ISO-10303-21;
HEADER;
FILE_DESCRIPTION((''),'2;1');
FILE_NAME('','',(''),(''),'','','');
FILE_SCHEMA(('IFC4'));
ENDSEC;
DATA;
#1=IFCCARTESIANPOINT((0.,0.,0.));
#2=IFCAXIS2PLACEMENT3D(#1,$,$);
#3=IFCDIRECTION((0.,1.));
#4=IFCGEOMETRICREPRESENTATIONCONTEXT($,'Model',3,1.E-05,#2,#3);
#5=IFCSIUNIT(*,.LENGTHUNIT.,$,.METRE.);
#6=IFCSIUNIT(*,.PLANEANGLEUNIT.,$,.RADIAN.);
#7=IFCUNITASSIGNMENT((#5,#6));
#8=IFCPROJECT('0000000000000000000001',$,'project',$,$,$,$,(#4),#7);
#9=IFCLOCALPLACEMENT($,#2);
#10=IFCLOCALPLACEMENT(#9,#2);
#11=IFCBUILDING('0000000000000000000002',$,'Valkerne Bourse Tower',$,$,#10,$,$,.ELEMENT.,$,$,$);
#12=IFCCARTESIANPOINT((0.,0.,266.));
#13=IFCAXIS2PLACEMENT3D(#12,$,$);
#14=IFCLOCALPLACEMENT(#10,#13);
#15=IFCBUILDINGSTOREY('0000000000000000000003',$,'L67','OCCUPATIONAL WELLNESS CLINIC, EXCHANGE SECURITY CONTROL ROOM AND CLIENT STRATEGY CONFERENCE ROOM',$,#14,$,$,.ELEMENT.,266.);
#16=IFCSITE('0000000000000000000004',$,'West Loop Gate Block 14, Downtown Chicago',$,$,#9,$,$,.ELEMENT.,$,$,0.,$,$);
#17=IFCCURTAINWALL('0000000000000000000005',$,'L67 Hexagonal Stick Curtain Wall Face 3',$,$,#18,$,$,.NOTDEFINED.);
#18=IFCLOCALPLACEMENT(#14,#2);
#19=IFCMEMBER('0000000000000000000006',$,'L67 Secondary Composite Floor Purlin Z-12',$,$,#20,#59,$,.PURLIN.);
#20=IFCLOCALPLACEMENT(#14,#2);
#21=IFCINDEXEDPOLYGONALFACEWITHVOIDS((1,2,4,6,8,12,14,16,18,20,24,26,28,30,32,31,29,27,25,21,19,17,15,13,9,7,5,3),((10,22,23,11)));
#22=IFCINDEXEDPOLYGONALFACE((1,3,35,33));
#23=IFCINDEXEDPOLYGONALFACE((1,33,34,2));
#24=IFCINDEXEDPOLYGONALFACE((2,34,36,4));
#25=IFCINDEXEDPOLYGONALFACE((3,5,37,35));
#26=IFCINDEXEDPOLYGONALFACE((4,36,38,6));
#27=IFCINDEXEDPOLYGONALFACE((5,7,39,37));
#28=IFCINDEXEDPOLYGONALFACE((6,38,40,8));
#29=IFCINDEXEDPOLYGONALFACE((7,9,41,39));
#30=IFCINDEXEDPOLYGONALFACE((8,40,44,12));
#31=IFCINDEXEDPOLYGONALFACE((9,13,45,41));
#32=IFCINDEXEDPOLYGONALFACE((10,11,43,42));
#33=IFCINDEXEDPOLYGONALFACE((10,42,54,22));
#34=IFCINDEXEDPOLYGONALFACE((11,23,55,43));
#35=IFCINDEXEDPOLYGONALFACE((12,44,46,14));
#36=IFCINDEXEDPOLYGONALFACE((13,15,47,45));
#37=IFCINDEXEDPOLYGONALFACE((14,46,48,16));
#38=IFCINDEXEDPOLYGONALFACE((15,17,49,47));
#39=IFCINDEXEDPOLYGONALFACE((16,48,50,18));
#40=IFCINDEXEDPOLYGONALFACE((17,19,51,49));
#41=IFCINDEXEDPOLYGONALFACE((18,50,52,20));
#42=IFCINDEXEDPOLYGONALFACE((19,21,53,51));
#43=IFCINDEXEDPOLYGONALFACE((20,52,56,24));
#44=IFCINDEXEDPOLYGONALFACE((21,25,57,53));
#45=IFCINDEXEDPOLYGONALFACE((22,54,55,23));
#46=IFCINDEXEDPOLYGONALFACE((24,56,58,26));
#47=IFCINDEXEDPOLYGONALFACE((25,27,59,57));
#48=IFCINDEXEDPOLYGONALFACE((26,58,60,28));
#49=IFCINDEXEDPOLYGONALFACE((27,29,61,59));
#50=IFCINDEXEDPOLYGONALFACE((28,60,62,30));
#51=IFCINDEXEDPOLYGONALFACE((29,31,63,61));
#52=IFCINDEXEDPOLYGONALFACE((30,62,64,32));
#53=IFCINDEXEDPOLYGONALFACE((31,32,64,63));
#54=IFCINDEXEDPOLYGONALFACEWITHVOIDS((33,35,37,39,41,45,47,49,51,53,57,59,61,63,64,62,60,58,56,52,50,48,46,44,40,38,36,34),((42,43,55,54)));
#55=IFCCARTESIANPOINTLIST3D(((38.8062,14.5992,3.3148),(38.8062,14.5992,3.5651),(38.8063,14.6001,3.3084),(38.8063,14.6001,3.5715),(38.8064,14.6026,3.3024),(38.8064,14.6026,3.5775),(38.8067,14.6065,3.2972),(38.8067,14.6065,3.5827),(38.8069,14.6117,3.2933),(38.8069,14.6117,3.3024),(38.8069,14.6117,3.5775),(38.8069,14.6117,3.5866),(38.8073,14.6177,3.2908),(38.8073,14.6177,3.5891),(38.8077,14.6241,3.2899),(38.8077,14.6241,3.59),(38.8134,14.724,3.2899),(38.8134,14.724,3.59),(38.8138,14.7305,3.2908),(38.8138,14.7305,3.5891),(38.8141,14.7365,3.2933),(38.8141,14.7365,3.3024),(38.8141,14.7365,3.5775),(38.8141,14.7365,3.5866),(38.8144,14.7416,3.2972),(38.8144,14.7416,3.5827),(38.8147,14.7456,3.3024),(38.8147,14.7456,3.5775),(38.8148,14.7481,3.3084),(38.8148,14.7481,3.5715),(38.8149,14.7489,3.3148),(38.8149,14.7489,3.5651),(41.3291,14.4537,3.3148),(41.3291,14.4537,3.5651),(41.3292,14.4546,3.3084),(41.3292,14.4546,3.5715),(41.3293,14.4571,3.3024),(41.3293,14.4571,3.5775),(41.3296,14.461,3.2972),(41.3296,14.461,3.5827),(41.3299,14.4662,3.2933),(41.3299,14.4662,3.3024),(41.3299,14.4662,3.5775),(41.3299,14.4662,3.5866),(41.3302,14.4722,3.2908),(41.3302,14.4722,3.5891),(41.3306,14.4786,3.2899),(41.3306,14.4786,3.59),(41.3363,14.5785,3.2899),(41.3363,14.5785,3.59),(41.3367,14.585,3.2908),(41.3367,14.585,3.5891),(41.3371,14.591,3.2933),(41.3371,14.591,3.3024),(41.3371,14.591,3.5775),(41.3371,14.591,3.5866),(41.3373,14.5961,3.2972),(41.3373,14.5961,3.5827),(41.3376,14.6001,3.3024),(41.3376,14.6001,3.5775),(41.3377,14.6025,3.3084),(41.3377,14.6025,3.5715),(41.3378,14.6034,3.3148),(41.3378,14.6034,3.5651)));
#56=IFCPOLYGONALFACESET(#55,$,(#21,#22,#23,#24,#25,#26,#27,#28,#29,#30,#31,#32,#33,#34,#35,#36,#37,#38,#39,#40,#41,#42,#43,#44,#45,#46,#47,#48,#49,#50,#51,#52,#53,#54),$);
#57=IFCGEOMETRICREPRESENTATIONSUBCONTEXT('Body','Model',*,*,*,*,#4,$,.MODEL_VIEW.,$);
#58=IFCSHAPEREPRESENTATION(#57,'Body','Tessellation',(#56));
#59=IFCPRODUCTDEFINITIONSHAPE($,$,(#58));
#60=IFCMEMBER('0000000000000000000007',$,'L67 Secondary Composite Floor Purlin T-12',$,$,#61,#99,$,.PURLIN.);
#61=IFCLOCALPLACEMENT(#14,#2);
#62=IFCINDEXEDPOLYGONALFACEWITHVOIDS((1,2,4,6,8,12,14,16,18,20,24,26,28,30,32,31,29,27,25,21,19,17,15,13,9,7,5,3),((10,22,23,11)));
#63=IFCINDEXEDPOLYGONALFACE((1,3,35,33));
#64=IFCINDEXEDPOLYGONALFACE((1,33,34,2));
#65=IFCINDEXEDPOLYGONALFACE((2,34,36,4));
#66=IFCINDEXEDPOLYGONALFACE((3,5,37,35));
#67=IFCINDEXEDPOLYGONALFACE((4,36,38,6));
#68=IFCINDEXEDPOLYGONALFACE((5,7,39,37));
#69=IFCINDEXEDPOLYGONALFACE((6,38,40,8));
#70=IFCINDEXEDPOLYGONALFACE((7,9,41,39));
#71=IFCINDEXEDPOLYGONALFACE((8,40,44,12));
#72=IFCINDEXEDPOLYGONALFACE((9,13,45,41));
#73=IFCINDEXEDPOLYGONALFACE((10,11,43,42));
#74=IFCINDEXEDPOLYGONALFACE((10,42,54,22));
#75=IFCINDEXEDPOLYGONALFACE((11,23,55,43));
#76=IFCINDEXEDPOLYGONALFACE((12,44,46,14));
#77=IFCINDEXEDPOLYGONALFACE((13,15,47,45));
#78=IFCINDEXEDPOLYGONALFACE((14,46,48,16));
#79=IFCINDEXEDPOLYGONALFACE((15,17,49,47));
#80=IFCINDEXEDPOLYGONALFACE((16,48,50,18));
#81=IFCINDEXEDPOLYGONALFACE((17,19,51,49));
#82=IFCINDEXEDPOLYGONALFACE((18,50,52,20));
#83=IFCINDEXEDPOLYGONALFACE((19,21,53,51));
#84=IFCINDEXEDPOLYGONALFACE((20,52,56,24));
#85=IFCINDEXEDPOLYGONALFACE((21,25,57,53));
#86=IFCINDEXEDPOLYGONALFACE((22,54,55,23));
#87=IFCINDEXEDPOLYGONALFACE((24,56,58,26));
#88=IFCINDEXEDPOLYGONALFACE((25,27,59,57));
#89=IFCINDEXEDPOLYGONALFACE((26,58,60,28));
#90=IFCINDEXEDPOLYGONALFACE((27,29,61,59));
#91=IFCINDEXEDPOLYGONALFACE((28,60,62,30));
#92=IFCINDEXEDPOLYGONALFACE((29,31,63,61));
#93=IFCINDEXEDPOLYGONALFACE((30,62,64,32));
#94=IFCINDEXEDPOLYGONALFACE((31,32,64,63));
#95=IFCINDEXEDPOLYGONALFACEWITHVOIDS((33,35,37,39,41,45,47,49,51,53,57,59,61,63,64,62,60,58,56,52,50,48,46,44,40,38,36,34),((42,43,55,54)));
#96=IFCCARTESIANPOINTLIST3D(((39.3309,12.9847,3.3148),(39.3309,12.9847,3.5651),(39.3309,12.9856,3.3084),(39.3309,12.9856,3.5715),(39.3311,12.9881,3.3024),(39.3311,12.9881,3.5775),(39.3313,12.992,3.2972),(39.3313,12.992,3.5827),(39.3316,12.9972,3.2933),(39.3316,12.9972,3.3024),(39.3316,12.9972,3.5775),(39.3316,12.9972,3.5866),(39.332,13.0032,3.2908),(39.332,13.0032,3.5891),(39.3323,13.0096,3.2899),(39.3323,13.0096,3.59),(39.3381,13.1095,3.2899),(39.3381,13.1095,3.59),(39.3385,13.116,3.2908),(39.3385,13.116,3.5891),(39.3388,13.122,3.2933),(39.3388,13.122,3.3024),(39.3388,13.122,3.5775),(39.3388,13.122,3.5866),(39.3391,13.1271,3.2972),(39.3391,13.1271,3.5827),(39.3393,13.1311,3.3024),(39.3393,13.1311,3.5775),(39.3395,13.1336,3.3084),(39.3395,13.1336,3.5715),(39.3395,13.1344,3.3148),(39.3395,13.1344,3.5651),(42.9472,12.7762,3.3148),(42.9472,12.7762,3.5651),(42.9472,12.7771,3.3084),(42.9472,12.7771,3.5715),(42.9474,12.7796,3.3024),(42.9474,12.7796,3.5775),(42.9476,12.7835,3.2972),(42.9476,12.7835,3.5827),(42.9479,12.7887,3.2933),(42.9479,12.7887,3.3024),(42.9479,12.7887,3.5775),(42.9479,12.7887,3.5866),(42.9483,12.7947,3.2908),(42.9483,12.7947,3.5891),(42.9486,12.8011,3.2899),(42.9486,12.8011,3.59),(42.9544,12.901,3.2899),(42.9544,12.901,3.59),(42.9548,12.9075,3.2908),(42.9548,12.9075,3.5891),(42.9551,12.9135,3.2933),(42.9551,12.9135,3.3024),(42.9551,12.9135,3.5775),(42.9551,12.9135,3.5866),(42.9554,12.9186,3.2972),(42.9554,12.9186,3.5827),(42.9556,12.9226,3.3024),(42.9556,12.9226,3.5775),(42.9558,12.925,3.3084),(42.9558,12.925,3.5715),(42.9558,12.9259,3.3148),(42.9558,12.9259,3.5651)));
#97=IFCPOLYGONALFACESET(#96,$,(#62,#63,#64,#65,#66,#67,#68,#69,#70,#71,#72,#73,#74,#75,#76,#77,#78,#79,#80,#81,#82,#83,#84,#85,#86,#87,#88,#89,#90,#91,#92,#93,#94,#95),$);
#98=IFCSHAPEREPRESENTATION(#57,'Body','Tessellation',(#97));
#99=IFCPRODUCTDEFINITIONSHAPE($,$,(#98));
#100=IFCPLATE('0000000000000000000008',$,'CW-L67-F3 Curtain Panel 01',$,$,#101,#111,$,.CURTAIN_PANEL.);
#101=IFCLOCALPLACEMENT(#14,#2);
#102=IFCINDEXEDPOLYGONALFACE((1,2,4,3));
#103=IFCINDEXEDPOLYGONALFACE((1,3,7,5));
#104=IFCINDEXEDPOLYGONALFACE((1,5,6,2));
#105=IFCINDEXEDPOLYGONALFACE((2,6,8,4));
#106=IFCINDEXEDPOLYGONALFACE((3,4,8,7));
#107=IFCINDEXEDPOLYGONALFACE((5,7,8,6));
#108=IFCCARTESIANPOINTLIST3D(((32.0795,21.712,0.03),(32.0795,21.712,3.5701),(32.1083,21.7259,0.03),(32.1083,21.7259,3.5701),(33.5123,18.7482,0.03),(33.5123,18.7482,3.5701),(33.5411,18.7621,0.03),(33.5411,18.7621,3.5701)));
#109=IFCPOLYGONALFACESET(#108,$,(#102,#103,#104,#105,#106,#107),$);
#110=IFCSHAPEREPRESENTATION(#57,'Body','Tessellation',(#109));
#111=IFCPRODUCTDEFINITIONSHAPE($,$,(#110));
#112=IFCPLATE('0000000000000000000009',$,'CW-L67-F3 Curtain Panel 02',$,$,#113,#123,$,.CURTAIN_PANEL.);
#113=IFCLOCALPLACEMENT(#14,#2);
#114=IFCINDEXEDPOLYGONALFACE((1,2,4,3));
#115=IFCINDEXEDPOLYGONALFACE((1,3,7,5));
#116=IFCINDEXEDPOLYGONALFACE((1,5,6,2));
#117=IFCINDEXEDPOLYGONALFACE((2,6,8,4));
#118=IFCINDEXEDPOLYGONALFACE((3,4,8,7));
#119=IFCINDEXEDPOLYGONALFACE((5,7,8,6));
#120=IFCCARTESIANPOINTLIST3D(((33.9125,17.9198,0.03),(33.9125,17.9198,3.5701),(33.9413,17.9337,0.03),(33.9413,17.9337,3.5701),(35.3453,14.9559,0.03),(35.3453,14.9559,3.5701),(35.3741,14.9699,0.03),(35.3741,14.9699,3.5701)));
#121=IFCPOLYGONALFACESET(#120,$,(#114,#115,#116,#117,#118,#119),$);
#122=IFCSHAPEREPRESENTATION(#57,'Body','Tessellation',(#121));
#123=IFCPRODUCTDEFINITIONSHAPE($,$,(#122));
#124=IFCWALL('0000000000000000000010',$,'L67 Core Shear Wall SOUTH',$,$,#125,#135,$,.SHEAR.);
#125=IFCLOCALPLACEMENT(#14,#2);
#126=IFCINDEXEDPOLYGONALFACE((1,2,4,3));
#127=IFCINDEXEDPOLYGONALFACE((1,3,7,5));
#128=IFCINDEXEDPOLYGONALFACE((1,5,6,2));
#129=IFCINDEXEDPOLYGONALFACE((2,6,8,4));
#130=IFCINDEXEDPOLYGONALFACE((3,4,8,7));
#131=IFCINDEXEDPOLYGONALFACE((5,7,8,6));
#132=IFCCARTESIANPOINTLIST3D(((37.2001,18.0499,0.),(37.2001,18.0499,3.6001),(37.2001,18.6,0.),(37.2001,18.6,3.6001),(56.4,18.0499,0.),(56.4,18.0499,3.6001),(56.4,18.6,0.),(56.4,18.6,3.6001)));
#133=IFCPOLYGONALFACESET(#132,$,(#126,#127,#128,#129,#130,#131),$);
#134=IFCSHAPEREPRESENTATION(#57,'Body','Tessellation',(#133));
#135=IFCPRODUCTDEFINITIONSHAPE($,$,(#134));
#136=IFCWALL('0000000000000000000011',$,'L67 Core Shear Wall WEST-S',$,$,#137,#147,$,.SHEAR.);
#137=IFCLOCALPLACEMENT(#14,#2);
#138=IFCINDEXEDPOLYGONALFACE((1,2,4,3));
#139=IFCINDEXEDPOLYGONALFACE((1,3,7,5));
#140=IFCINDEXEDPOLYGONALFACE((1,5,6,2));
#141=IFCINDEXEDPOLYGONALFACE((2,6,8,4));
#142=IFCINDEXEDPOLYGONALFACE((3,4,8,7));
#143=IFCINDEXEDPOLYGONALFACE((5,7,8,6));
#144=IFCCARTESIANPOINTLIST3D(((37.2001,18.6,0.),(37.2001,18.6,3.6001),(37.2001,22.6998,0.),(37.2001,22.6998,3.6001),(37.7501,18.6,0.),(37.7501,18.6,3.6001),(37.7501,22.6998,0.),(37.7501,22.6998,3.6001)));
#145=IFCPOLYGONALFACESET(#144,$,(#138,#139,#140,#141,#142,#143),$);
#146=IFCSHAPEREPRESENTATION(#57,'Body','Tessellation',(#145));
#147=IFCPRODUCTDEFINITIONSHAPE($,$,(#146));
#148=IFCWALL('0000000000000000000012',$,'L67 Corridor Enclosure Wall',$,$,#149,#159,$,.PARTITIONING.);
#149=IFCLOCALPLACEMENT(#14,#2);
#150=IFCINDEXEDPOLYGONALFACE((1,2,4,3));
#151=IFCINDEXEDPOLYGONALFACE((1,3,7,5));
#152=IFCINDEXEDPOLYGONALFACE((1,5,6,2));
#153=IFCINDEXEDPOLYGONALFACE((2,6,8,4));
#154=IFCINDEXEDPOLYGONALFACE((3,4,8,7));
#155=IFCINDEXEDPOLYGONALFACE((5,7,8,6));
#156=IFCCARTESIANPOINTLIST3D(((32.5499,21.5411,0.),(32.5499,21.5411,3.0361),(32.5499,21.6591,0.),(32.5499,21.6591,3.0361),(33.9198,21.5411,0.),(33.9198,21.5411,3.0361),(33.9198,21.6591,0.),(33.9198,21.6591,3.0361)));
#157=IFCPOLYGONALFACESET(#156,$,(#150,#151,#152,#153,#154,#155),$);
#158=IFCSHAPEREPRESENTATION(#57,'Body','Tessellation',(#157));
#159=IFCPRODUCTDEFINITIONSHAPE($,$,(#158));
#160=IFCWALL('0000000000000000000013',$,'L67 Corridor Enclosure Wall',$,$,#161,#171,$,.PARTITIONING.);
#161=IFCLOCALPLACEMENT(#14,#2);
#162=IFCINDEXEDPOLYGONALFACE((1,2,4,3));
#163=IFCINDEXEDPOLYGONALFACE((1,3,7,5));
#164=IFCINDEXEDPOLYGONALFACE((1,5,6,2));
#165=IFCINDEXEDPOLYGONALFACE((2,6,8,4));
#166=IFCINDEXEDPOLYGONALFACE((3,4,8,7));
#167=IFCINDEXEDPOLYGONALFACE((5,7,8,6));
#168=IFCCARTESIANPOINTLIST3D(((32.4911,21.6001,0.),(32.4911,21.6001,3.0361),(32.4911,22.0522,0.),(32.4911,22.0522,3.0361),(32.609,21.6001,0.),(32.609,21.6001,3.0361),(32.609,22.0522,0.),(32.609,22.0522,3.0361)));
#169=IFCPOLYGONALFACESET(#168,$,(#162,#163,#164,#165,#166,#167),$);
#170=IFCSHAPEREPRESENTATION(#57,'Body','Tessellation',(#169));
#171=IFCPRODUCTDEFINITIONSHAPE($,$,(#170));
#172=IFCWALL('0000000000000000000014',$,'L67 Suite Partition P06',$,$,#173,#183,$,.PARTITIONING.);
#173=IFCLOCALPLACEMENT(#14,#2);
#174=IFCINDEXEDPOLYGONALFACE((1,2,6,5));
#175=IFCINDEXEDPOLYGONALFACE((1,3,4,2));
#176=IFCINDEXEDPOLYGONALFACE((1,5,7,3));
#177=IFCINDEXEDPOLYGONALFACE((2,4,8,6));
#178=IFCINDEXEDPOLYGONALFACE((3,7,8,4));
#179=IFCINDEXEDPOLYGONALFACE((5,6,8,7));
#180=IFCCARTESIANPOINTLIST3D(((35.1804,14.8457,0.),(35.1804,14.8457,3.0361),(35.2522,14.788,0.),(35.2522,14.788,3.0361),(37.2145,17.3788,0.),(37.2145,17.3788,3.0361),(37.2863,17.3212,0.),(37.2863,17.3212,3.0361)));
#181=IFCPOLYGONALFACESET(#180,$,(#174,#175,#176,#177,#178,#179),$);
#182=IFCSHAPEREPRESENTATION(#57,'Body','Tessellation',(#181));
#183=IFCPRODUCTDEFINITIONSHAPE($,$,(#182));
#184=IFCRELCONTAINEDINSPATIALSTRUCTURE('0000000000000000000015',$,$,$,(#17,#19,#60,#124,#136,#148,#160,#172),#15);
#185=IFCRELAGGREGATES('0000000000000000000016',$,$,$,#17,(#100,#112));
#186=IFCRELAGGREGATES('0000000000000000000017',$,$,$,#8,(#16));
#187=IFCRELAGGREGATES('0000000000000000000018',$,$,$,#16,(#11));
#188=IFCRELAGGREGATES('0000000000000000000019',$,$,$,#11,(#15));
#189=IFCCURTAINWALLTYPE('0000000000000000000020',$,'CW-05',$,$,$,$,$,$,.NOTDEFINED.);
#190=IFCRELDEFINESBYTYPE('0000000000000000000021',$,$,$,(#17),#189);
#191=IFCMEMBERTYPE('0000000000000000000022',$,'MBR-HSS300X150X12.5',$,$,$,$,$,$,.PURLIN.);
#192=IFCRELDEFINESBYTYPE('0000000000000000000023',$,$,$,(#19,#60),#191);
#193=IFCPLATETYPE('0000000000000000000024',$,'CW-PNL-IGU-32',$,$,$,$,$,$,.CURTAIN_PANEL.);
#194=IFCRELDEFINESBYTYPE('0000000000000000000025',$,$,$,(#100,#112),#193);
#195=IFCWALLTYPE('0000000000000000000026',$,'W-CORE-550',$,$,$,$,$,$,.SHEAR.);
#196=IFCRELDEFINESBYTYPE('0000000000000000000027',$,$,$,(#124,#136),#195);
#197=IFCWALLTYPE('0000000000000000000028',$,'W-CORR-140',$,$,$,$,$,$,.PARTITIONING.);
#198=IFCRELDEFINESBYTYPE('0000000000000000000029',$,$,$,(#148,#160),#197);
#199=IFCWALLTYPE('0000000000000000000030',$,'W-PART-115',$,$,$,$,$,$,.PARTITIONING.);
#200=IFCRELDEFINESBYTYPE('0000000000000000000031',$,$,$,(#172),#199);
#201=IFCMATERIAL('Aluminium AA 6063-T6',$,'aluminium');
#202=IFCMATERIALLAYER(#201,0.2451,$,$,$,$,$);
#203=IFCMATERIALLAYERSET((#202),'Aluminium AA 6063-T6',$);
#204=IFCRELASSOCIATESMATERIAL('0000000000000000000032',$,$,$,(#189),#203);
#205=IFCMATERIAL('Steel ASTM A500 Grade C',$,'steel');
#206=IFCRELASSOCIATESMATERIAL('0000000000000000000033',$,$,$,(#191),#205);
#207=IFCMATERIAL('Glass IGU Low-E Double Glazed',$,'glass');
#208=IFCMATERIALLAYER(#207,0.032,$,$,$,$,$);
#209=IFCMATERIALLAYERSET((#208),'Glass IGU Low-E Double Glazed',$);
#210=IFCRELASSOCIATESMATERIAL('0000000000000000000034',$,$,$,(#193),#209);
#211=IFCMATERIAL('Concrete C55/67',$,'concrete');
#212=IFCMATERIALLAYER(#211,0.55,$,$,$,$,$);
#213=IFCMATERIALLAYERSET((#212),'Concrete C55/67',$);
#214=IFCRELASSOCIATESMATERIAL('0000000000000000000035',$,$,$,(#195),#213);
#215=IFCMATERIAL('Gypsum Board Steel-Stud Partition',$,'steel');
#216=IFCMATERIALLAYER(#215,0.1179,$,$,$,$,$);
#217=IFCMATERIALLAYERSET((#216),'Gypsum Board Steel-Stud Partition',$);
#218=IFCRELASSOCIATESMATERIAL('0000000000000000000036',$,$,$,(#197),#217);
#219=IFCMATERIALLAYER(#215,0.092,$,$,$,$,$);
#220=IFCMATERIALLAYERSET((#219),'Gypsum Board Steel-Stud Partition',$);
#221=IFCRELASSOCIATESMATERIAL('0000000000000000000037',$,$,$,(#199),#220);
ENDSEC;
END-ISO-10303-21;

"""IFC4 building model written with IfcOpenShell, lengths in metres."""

from ifc_helpers import new_model, si_unit, direction, frame, frame_2d, origin, origin_2d, place, context, subcontext, project, spatial, rectangle, hollow_rectangle, extrude, material, layer, layer_set, material_profile, profile_set, type_object, element, aggregate, save


model = new_model("IFC4")

# Units and contexts
model_context = context("Model", 3, precision=1e-05, world=origin(), true_north=direction((0.0, 1.0)))
body_context = subcontext(model_context, "Body", "Model", "MODEL_VIEW")
ifc_project = project(units=[si_unit("LENGTHUNIT", "METRE"), si_unit("PLANEANGLEUNIT", "RADIAN")], contexts=[model_context])

# Site, building, storey
site_placement = place(None, origin())
site = spatial("IfcSite", under=ifc_project, at=site_placement, Name="West Loop Gate Block 14, Downtown Chicago", CompositionType="ELEMENT", RefElevation=0.0)
building_placement = place(site_placement, origin())
building = spatial("IfcBuilding", under=site, at=building_placement, Name="Valkerne Bourse Tower", CompositionType="ELEMENT")
storey_placement = place(building_placement, frame((0.0, 0.0, 266.0)))
storey = spatial("IfcBuildingStorey", under=building, at=storey_placement, Name="L67", Description="OCCUPATIONAL WELLNESS CLINIC, EXCHANGE SECURITY CONTROL ROOM AND CLIENT STRATEGY CONFERENCE ROOM", CompositionType="ELEMENT", Elevation=266.0)

# Curtain wall
ifc_material_1 = material(Name="Aluminium AA 6063-T6", Category="aluminium")
ifc_layer_1 = layer(ifc_material_1, 0.2451)
ifc_layer_set_1 = layer_set([ifc_layer_1], Name="Aluminium AA 6063-T6")
curtain_wall_type = type_object("IfcCurtainWallType", Name="CW-05", PredefinedType="NOTDEFINED", material=ifc_layer_set_1)
curtain_wall_1_placement = place(storey_placement, origin())
curtain_wall_1 = element("IfcCurtainWall", 1, at=curtain_wall_1_placement, inside=storey, type_object=curtain_wall_type, Name="L67 Hexagonal Stick Curtain Wall Face 3", PredefinedType="NOTDEFINED")

# Members
ifc_material_2 = material(Name="Steel ASTM A500 Grade C", Category="steel")
ifc_material_profile_1 = material_profile(ifc_material_2, hollow_rectangle(XDim=0.1499, YDim=0.3, WallThickness=0.0125, OuterFilletRadius=0.0249, at=origin_2d()), Name="HSS300X150X12.5")
ifc_profile_set_1 = profile_set([ifc_material_profile_1], Name="Steel ASTM A500 Grade C")
member_type_1 = type_object("IfcMemberType", Name="MBR-HSS300X150X12.5", PredefinedType="PURLIN", material=ifc_profile_set_1)
member_1_placement = place(storey_placement, frame((38.8105, 14.6741, 3.4399), z_axis=(0.998341, -0.057578, 0.0), x_axis=(0.057578, 0.998341, 0.0)))
element("IfcMember", 2, at=member_1_placement, inside=storey, type_object=member_type_1, Name="L67 Secondary Composite Floor Purlin Z-12", PredefinedType="PURLIN", context=body_context, shape_type="SweptSolid", body=[
    extrude(hollow_rectangle(XDim=0.1499, YDim=0.3, WallThickness=0.0125, OuterFilletRadius=0.0249, at=origin_2d()), origin(), (0.0, 0.0, 1.0), 2.5271),
])
member_2_placement = place(storey_placement, frame((39.3352, 13.0596, 3.4399), z_axis=(0.998342, -0.05756, 0.0), x_axis=(0.05756, 0.998342, 0.0)))
element("IfcMember", 3, at=member_2_placement, inside=storey, type_object=member_type_1, Name="L67 Secondary Composite Floor Purlin T-12", PredefinedType="PURLIN", context=body_context, shape_type="SweptSolid", body=[
    extrude(hollow_rectangle(XDim=0.1499, YDim=0.3, WallThickness=0.0125, OuterFilletRadius=0.0249, at=origin_2d()), origin(), (0.0, 0.0, 1.0), 3.6223),
])

# Plates
ifc_material_3 = material(Name="Glass IGU Low-E Double Glazed", Category="glass")
ifc_layer_2 = layer(ifc_material_3, 0.032)
ifc_layer_set_2 = layer_set([ifc_layer_2], Name="Glass IGU Low-E Double Glazed")
plate_type = type_object("IfcPlateType", Name="CW-PNL-IGU-32", PredefinedType="CURTAIN_PANEL", material=ifc_layer_set_2)
plate_1_placement = place(storey_placement, frame((32.8103, 20.2371, 0.03), z_axis=(0.0, 0.0, 1.0), x_axis=(0.435236, -0.900316, 0.0)))
plate_1 = element("IfcPlate", 4, at=plate_1_placement, type_object=plate_type, Name="CW-L67-F3 Curtain Panel 01", PredefinedType="CURTAIN_PANEL", context=body_context, shape_type="SweptSolid", body=[
    extrude(rectangle(XDim=3.292, YDim=0.032, at=origin_2d()), origin(), (0.0, 0.0, 1.0), 3.54),
])
plate_2_placement = place(storey_placement, frame((34.6433, 16.4448, 0.03), z_axis=(0.0, 0.0, 1.0), x_axis=(0.435227, -0.900321, 0.0)))
plate_2 = element("IfcPlate", 5, at=plate_2_placement, type_object=plate_type, Name="CW-L67-F3 Curtain Panel 02", PredefinedType="CURTAIN_PANEL", context=body_context, shape_type="SweptSolid", body=[
    extrude(rectangle(XDim=3.292, YDim=0.032, at=origin_2d()), origin(), (0.0, 0.0, 1.0), 3.54),
])
aggregate(curtain_wall_1, [plate_1, plate_2])

# Walls
ifc_material_4 = material(Name="Concrete C55/67", Category="concrete")
ifc_layer_3 = layer(ifc_material_4, 0.55)
ifc_layer_set_3 = layer_set([ifc_layer_3], Name="Concrete C55/67")
wall_type_1 = type_object("IfcWallType", Name="W-CORE-550", PredefinedType="SHEAR", material=ifc_layer_set_3)
wall_1_placement = place(storey_placement, frame((37.2, 18.325, 0.0), z_axis=(0.0, 0.0, 1.0), x_axis=(1.0, 0.0, 0.0)))
element("IfcWall", 6, at=wall_1_placement, inside=storey, type_object=wall_type_1, Name="L67 Core Shear Wall SOUTH", PredefinedType="SHEAR", context=body_context, shape_type="SweptSolid", body=[
    extrude(rectangle(XDim=19.2, YDim=0.55, at=frame_2d((9.6001, 0.0))), origin(), (0.0, 0.0, 1.0), 3.6001),
])
wall_2_placement = place(storey_placement, frame((37.4751, 18.6001, 0.0), z_axis=(0.0, 0.0, 1.0), x_axis=(0.0, 1.0, 0.0)))
element("IfcWall", 7, at=wall_2_placement, inside=storey, type_object=wall_type_1, Name="L67 Core Shear Wall WEST-S", PredefinedType="SHEAR", context=body_context, shape_type="SweptSolid", body=[
    extrude(rectangle(XDim=4.0999, YDim=0.55, at=frame_2d((2.0498, 0.0))), origin(), (0.0, 0.0, 1.0), 3.6001),
])
ifc_material_5 = material(Name="Gypsum Board Steel-Stud Partition", Category="steel")
ifc_layer_4 = layer(ifc_material_5, 0.1179)
ifc_layer_set_4 = layer_set([ifc_layer_4], Name="Gypsum Board Steel-Stud Partition")
wall_type_2 = type_object("IfcWallType", Name="W-CORR-140", PredefinedType="PARTITIONING", material=ifc_layer_set_4)
wall_3_placement = place(storey_placement, frame((33.9199, 21.6001, 0.0), z_axis=(0.0, 0.0, 1.0), x_axis=(-1.0, 0.0, 0.0)))
element("IfcWall", 8, at=wall_3_placement, inside=storey, type_object=wall_type_2, Name="L67 Corridor Enclosure Wall", PredefinedType="PARTITIONING", context=body_context, shape_type="SweptSolid", body=[
    extrude(rectangle(XDim=1.3699, YDim=0.1179, at=frame_2d((0.6851, 0.0))), origin(), (0.0, 0.0, 1.0), 3.0361),
])
wall_4_placement = place(storey_placement, frame((32.55, 21.6001, 0.0), z_axis=(0.0, 0.0, 1.0), x_axis=(0.0, 1.0, 0.0)))
element("IfcWall", 9, at=wall_4_placement, inside=storey, type_object=wall_type_2, Name="L67 Corridor Enclosure Wall", PredefinedType="PARTITIONING", context=body_context, shape_type="SweptSolid", body=[
    extrude(rectangle(XDim=0.4521, YDim=0.1179, at=frame_2d((0.2261, 0.0))), origin(), (0.0, 0.0, 1.0), 3.0361),
])
ifc_layer_5 = layer(ifc_material_5, 0.092)
ifc_layer_set_5 = layer_set([ifc_layer_5], Name="Gypsum Board Steel-Stud Partition")
wall_type_3 = type_object("IfcWallType", Name="W-PART-115", PredefinedType="PARTITIONING", material=ifc_layer_set_5)
wall_5_placement = place(storey_placement, frame((37.2505, 17.3501, 0.0), z_axis=(0.0, 0.0, 1.0), x_axis=(-0.626124, -0.779724, 0.0)))
element("IfcWall", 10, at=wall_5_placement, inside=storey, type_object=wall_type_3, Name="L67 Suite Partition P06", PredefinedType="PARTITIONING", context=body_context, shape_type="SweptSolid", body=[
    extrude(rectangle(XDim=3.2488, YDim=0.092, at=frame_2d((1.6245, 0.0))), origin(), (0.0, 0.0, 1.0), 3.0361),
])

save(model, "model.ifc")
